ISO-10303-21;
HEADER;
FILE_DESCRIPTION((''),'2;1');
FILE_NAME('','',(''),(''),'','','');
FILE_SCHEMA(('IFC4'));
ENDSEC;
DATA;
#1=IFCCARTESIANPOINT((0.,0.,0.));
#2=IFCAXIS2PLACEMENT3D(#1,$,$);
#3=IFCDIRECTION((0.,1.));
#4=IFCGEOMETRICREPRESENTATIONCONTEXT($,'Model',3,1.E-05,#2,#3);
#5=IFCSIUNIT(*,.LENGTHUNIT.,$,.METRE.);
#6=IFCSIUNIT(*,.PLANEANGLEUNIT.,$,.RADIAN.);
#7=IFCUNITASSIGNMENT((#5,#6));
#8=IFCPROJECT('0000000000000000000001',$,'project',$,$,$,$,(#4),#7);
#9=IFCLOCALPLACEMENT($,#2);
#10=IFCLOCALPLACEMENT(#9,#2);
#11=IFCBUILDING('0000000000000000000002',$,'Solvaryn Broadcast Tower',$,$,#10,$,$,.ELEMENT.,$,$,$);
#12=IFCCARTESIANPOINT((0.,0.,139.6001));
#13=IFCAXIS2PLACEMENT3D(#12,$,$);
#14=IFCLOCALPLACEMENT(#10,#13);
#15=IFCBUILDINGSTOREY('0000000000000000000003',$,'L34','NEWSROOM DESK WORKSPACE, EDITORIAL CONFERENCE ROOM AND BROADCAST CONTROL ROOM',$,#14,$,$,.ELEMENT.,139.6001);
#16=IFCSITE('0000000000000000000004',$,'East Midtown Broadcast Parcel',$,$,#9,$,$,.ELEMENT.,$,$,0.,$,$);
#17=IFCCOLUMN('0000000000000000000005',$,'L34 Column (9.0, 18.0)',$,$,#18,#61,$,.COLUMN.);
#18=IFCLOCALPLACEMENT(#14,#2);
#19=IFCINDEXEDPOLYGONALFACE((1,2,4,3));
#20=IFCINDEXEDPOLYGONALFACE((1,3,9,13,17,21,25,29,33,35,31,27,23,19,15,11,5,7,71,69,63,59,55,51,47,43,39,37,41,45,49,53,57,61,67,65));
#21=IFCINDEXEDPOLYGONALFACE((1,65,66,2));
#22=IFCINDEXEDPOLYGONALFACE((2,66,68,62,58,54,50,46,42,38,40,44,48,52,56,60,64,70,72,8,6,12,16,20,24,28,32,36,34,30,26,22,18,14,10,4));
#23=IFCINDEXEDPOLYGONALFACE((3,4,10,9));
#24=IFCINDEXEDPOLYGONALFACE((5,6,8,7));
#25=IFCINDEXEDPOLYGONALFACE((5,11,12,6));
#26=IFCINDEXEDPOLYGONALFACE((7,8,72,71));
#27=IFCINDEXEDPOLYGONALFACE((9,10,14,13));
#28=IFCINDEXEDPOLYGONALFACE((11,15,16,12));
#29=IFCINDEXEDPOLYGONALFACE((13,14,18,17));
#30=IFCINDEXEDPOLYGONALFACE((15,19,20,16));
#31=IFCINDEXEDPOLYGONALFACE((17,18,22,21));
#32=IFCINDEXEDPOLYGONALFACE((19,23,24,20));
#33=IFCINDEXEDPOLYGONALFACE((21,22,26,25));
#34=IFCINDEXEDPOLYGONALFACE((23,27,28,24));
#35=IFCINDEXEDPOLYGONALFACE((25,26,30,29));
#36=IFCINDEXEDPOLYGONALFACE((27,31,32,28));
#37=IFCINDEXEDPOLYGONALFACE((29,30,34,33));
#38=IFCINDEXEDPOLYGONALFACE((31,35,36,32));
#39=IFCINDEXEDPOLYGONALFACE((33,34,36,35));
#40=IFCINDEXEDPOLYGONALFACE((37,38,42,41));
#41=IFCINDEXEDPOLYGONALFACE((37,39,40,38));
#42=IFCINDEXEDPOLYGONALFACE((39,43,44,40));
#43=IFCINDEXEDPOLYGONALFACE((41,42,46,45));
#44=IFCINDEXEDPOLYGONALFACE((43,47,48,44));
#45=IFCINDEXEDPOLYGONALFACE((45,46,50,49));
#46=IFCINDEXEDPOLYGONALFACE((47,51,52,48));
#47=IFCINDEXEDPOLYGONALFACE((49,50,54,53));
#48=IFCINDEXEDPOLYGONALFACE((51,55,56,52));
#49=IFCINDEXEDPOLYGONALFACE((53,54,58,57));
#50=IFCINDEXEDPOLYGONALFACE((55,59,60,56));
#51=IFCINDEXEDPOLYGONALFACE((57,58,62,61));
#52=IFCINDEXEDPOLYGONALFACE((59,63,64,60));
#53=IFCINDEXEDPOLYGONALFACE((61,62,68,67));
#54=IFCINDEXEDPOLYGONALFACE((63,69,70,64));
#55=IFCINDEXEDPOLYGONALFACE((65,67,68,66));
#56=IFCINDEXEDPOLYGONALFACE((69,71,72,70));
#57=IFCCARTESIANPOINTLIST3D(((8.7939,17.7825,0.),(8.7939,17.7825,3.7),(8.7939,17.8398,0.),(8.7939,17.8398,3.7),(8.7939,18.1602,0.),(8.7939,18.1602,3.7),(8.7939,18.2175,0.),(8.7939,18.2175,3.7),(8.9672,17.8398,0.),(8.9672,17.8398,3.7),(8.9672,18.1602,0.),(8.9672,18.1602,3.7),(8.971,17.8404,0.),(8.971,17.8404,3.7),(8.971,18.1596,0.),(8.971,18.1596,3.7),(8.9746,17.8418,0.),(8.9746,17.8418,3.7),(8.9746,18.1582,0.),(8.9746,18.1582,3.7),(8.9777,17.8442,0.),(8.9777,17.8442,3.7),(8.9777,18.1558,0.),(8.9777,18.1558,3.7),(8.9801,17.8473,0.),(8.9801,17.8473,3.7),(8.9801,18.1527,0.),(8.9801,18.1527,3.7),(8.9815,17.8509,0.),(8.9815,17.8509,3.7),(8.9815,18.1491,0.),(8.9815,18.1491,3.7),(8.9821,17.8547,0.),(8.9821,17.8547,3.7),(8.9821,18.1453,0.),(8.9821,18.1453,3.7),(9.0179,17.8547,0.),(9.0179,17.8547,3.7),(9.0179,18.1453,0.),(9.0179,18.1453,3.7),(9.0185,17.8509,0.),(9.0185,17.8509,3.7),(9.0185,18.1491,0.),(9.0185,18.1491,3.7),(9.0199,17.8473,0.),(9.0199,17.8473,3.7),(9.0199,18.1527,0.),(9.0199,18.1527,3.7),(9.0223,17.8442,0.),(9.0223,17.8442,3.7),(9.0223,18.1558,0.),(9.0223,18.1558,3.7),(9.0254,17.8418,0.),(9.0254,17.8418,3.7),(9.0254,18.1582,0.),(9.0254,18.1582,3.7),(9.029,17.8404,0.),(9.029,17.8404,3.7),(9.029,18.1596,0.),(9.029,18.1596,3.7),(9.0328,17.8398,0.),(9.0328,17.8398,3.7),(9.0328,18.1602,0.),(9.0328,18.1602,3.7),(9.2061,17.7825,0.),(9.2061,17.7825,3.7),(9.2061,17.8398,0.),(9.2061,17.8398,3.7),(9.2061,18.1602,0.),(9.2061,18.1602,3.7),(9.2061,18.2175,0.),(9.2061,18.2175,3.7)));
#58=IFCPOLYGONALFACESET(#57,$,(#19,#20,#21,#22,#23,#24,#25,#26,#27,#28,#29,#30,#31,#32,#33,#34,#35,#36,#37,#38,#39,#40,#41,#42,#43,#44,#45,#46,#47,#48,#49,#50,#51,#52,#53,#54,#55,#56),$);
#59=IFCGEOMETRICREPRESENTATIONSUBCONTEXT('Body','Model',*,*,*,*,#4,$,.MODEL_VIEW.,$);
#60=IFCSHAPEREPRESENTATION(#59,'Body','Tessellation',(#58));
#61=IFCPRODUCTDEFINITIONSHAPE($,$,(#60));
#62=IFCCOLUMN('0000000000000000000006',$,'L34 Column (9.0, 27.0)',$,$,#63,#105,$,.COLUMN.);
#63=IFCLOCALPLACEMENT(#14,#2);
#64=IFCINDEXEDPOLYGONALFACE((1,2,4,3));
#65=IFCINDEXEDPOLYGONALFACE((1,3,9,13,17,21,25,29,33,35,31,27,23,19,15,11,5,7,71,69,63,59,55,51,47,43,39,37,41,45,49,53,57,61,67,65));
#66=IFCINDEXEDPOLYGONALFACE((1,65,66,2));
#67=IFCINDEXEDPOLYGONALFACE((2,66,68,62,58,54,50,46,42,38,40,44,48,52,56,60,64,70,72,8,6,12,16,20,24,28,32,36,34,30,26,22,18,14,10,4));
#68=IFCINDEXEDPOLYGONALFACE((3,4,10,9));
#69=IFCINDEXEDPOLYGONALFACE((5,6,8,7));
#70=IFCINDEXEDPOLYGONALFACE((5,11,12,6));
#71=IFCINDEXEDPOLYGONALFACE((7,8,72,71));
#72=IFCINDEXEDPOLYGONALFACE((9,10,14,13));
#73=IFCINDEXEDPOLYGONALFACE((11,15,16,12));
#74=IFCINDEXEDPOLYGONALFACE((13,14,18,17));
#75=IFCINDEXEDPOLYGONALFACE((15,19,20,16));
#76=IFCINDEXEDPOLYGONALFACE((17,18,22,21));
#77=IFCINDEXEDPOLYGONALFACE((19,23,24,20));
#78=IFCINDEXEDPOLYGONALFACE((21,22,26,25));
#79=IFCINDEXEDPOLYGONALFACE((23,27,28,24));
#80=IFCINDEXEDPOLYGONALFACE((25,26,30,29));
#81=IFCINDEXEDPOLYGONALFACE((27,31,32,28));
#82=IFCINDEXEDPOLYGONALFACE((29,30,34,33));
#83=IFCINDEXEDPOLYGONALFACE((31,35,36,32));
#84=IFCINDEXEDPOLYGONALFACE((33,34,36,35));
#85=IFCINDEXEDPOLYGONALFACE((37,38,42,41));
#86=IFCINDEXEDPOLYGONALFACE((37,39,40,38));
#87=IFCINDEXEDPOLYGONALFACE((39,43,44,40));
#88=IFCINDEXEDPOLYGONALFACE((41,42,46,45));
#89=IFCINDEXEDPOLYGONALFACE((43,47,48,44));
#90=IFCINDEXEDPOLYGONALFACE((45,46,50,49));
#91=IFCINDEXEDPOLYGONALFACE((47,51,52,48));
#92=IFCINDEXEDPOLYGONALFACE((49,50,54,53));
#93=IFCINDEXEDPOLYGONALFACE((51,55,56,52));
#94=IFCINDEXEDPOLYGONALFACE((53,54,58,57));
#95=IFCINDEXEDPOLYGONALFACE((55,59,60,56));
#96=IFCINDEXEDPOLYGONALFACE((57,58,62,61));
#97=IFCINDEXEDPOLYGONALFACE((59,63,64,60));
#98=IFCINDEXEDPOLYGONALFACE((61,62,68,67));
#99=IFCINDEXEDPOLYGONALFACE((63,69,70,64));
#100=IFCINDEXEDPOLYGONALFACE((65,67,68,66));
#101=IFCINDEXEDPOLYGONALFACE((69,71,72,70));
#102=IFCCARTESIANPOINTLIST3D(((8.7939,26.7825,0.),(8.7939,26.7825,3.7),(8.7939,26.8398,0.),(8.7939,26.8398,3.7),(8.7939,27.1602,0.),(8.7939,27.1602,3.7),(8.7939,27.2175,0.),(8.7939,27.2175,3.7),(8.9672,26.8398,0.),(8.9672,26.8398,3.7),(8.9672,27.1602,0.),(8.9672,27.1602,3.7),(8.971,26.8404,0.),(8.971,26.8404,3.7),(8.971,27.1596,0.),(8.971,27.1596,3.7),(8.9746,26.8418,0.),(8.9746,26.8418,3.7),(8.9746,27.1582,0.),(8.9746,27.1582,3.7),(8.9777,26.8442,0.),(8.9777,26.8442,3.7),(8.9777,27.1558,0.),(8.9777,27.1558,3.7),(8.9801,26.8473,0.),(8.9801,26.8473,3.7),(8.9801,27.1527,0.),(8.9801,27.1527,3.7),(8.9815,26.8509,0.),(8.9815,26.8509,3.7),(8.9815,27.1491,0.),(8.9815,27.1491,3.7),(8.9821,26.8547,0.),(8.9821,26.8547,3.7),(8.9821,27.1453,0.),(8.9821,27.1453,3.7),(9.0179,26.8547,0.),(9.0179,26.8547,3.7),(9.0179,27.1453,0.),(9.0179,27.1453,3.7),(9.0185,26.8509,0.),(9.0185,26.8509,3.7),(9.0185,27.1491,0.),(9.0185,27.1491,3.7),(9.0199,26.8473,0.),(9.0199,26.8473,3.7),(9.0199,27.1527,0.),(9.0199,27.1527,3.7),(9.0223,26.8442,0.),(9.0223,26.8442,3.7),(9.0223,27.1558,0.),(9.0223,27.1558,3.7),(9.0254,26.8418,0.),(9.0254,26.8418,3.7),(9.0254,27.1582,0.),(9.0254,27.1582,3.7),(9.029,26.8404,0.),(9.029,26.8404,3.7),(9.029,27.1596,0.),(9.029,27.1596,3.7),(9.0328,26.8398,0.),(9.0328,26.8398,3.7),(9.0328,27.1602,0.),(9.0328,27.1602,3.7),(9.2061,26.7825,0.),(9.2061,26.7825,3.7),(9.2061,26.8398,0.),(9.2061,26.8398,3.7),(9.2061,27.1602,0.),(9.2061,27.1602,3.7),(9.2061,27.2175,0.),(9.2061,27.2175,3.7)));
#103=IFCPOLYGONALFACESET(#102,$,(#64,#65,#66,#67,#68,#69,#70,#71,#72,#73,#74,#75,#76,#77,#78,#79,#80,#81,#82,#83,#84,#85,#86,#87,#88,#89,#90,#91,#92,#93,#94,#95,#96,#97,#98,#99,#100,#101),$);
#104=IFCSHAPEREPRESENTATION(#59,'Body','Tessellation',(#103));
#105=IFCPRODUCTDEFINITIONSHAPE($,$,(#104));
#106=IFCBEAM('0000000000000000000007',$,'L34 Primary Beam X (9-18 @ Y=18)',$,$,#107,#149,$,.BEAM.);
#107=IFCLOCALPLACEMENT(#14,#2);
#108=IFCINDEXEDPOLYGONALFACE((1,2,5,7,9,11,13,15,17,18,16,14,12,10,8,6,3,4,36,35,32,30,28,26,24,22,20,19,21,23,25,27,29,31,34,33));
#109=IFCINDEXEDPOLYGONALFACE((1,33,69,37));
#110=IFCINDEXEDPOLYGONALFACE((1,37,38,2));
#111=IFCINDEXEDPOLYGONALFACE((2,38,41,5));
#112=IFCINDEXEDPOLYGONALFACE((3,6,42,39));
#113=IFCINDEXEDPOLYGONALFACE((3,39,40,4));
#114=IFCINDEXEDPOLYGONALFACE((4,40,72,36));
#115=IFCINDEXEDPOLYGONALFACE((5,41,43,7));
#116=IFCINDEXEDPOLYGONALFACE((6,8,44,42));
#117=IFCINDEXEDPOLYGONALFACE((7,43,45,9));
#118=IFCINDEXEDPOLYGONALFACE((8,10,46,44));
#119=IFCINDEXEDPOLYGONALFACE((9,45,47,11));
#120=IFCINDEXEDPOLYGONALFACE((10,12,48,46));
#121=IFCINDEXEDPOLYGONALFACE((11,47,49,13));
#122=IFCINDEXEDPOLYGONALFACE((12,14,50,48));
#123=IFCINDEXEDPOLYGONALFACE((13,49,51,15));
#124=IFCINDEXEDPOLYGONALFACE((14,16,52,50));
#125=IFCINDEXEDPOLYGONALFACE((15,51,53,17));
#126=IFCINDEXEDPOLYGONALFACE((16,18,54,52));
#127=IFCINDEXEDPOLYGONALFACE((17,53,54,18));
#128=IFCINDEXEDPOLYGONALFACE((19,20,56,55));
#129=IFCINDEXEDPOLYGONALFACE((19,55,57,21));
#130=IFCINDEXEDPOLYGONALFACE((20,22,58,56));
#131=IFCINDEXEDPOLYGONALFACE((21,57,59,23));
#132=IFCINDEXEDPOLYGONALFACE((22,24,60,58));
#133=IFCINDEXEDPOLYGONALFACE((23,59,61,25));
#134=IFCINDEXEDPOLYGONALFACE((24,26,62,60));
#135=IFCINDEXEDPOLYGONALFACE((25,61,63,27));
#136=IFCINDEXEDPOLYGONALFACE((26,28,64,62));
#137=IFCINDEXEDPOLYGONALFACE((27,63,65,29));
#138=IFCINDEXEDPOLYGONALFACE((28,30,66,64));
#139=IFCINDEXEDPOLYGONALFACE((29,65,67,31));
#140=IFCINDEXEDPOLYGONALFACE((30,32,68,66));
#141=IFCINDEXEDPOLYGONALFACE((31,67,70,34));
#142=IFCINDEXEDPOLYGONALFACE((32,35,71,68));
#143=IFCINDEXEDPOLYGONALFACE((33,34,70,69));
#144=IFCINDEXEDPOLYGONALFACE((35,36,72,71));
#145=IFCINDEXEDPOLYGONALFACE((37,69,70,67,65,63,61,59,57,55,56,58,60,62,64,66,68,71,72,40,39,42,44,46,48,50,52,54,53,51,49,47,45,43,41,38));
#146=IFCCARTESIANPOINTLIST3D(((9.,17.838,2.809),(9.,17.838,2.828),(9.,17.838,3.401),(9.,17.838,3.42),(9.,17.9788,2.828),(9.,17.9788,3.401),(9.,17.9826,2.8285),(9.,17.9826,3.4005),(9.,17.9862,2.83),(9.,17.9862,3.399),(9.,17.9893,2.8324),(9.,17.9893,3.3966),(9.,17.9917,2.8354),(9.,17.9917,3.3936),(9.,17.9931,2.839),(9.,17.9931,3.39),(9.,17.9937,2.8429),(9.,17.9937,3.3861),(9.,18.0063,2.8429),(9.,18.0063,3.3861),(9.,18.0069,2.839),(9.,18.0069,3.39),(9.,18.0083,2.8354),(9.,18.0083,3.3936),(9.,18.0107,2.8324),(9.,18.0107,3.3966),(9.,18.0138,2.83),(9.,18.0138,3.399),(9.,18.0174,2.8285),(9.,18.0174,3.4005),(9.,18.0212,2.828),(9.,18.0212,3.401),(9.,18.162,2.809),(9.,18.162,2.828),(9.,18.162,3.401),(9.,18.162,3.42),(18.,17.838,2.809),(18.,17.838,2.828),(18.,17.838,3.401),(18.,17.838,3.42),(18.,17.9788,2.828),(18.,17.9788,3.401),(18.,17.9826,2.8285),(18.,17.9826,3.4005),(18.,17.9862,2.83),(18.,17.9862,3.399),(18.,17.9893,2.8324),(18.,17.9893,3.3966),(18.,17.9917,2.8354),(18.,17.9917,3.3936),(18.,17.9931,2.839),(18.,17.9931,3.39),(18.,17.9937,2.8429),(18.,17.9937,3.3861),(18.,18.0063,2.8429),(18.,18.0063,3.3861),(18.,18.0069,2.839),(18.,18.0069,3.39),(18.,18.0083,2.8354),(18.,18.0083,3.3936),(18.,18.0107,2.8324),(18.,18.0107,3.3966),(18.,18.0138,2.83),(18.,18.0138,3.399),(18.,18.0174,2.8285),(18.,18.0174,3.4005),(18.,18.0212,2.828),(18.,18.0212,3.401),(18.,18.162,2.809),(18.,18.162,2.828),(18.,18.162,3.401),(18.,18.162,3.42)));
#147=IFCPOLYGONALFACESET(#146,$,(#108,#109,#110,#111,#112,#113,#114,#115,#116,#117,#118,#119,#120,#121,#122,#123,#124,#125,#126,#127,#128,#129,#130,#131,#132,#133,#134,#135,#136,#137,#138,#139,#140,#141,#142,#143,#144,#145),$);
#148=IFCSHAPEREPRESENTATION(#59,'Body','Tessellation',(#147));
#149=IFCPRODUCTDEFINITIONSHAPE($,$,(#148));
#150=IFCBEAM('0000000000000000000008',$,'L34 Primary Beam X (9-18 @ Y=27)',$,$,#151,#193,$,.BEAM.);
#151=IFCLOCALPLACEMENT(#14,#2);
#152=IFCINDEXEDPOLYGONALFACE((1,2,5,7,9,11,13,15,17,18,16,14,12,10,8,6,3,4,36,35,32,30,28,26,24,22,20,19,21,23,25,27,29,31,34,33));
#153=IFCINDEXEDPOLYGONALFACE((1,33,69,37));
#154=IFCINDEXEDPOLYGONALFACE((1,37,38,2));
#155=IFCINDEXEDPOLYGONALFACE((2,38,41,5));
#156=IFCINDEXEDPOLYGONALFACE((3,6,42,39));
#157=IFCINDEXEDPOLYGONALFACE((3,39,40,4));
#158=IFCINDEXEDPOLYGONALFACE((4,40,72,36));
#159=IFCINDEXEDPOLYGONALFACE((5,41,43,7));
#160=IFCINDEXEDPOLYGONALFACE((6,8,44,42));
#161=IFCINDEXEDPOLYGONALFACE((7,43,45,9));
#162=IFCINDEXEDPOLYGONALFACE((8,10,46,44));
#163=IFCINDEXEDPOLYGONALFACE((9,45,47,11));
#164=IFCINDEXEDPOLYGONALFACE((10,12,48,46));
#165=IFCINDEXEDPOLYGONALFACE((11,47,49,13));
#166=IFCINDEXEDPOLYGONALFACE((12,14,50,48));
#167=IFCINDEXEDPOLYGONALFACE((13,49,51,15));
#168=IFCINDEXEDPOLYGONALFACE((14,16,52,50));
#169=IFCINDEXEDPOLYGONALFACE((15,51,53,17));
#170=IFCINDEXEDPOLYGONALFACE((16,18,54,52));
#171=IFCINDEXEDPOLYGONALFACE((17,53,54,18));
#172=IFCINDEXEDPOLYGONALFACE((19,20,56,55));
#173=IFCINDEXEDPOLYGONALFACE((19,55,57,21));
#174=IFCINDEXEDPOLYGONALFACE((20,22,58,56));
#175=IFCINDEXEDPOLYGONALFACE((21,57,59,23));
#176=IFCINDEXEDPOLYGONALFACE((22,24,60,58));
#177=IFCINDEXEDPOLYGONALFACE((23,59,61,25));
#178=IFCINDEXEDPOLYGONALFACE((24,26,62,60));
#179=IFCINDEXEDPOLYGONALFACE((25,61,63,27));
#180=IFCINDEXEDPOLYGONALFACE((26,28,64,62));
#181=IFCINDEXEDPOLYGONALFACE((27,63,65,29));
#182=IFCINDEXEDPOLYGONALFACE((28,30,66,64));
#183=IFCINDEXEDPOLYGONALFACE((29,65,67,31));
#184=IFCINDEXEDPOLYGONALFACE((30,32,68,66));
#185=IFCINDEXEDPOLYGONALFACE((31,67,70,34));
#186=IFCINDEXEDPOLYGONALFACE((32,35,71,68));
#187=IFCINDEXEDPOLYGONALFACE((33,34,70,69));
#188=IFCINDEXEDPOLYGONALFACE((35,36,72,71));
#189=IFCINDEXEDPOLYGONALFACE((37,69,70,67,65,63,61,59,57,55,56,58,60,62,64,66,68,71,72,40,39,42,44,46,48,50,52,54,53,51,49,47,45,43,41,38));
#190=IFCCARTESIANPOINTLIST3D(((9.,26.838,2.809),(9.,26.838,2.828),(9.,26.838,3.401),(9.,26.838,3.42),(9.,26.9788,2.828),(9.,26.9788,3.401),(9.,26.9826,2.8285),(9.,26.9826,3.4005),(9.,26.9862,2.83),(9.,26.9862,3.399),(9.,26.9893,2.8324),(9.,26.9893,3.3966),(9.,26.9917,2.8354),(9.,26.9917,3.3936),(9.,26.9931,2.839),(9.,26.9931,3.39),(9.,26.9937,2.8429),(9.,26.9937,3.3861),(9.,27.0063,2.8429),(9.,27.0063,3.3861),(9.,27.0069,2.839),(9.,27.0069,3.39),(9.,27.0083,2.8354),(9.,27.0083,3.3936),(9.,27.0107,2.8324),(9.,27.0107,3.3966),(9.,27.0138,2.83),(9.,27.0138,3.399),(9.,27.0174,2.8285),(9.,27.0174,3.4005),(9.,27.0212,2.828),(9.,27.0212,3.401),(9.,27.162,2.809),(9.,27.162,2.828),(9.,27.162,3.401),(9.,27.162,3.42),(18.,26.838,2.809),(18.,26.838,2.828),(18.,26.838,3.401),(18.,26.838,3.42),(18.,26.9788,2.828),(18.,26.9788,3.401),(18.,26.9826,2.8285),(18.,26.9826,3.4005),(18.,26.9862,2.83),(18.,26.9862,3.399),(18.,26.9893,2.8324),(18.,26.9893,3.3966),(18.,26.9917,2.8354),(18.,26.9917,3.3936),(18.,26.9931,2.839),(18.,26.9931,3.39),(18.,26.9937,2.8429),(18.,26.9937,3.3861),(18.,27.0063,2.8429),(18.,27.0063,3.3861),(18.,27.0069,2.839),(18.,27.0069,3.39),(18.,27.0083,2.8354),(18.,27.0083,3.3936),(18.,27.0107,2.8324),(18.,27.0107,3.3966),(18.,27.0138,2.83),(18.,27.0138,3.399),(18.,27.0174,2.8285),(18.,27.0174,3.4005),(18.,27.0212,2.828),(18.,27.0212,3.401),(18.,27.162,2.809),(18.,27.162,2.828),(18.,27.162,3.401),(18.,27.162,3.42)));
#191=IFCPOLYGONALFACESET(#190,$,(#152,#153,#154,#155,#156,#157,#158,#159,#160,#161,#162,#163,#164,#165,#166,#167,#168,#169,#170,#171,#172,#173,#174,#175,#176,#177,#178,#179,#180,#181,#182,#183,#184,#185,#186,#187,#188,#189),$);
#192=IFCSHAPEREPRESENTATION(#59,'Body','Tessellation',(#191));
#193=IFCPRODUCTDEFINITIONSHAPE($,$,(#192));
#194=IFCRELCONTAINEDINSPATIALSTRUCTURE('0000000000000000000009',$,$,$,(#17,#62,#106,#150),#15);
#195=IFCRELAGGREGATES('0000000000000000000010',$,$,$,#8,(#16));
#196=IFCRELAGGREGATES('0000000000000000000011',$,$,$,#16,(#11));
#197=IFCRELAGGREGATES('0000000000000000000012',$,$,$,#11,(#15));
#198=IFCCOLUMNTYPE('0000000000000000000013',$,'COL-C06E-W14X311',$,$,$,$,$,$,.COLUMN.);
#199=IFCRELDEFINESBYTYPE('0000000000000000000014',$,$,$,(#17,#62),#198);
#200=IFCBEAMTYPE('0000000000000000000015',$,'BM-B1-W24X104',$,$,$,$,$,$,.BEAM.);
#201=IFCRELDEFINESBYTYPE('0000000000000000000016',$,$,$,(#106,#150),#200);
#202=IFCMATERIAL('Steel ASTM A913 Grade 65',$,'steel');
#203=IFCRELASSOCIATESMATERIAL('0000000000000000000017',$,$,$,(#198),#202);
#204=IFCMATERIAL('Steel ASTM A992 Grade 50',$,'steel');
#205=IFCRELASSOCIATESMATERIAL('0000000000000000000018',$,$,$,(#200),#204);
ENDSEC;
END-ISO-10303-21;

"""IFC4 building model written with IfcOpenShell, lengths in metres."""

from ifc_helpers import new_model, si_unit, direction, frame, origin, origin_2d, place, context, subcontext, project, spatial, i_section, extrude, material, material_profile, profile_set, type_object, element, save


model = new_model("IFC4")

# Units and contexts
model_context = context("Model", 3, precision=1e-05, world=origin(), true_north=direction((0.0, 1.0)))
body_context = subcontext(model_context, "Body", "Model", "MODEL_VIEW")
ifc_project = project(units=[si_unit("LENGTHUNIT", "METRE"), si_unit("PLANEANGLEUNIT", "RADIAN")], contexts=[model_context])

# Site, building, storey
site_placement = place(None, origin())
site = spatial("IfcSite", under=ifc_project, at=site_placement, Name="East Midtown Broadcast Parcel", CompositionType="ELEMENT", RefElevation=0.0)
building_placement = place(site_placement, origin())
building = spatial("IfcBuilding", under=site, at=building_placement, Name="Solvaryn Broadcast Tower", CompositionType="ELEMENT")
storey_placement = place(building_placement, frame((0.0, 0.0, 139.6001)))
storey = spatial("IfcBuildingStorey", under=building, at=storey_placement, Name="L34", Description="NEWSROOM DESK WORKSPACE, EDITORIAL CONFERENCE ROOM AND BROADCAST CONTROL ROOM", CompositionType="ELEMENT", Elevation=139.6001)

# Columns
ifc_material_1 = material(Name="Steel ASTM A913 Grade 65", Category="steel")
ifc_material_profile_1 = material_profile(ifc_material_1, i_section(OverallWidth=0.4121, OverallDepth=0.4351, WebThickness=0.0359, FlangeThickness=0.0574, FilletRadius=0.0149, at=origin_2d()))
ifc_profile_set_1 = profile_set([ifc_material_profile_1], Name="Steel ASTM A913 Grade 65")
column_type = type_object("IfcColumnType", Name="COL-C06E-W14X311", PredefinedType="COLUMN", material=ifc_profile_set_1)
for number, where, z_axis, x_axis, name in (
    (1, (9.0, 18.0, 0.0), (0.0, 0.0, 1.0), (1.0, 0.0, 0.0), "L34 Column (9.0, 18.0)"),
    (2, (9.0, 27.0, 0.0), (0.0, 0.0, 1.0), (1.0, 0.0, 0.0), "L34 Column (9.0, 27.0)"),
):
    element("IfcColumn", number, at=place(storey_placement, frame(where, z_axis=z_axis, x_axis=x_axis)), inside=storey, type_object=column_type, Name=name, PredefinedType="COLUMN", context=body_context, shape_type="SweptSolid", body=[
        extrude(i_section(OverallWidth=0.4121, OverallDepth=0.4351, WebThickness=0.0359, FlangeThickness=0.0574, FilletRadius=0.0149, at=origin_2d()), origin(), (0.0, 0.0, 1.0), 3.7),
    ])

# Beams
ifc_material_2 = material(Name="Steel ASTM A992 Grade 50", Category="steel")
ifc_material_profile_2 = material_profile(ifc_material_2, i_section(OverallWidth=0.324, OverallDepth=0.6111, WebThickness=0.0127, FlangeThickness=0.019, FilletRadius=0.0149, at=origin_2d()))
ifc_profile_set_2 = profile_set([ifc_material_profile_2], Name="Steel ASTM A992 Grade 50")
beam_type_1 = type_object("IfcBeamType", Name="BM-B1-W24X104", PredefinedType="BEAM", material=ifc_profile_set_2)
for number, where, z_axis, x_axis, name in (
    (3, (9.0, 18.0, 3.1145), (1.0, 0.0, 0.0), (0.0, 1.0, 0.0), "L34 Primary Beam X (9-18 @ Y=18)"),
    (4, (9.0, 27.0, 3.1145), (1.0, 0.0, 0.0), (0.0, 1.0, 0.0), "L34 Primary Beam X (9-18 @ Y=27)"),
):
    element("IfcBeam", number, at=place(storey_placement, frame(where, z_axis=z_axis, x_axis=x_axis)), inside=storey, type_object=beam_type_1, Name=name, PredefinedType="BEAM", context=body_context, shape_type="SweptSolid", body=[
        extrude(i_section(OverallWidth=0.324, OverallDepth=0.6111, WebThickness=0.0127, FlangeThickness=0.019, FilletRadius=0.0149, at=origin_2d()), origin(), (0.0, 0.0, 1.0), 9.0),
    ])

save(model, "model.ifc")
